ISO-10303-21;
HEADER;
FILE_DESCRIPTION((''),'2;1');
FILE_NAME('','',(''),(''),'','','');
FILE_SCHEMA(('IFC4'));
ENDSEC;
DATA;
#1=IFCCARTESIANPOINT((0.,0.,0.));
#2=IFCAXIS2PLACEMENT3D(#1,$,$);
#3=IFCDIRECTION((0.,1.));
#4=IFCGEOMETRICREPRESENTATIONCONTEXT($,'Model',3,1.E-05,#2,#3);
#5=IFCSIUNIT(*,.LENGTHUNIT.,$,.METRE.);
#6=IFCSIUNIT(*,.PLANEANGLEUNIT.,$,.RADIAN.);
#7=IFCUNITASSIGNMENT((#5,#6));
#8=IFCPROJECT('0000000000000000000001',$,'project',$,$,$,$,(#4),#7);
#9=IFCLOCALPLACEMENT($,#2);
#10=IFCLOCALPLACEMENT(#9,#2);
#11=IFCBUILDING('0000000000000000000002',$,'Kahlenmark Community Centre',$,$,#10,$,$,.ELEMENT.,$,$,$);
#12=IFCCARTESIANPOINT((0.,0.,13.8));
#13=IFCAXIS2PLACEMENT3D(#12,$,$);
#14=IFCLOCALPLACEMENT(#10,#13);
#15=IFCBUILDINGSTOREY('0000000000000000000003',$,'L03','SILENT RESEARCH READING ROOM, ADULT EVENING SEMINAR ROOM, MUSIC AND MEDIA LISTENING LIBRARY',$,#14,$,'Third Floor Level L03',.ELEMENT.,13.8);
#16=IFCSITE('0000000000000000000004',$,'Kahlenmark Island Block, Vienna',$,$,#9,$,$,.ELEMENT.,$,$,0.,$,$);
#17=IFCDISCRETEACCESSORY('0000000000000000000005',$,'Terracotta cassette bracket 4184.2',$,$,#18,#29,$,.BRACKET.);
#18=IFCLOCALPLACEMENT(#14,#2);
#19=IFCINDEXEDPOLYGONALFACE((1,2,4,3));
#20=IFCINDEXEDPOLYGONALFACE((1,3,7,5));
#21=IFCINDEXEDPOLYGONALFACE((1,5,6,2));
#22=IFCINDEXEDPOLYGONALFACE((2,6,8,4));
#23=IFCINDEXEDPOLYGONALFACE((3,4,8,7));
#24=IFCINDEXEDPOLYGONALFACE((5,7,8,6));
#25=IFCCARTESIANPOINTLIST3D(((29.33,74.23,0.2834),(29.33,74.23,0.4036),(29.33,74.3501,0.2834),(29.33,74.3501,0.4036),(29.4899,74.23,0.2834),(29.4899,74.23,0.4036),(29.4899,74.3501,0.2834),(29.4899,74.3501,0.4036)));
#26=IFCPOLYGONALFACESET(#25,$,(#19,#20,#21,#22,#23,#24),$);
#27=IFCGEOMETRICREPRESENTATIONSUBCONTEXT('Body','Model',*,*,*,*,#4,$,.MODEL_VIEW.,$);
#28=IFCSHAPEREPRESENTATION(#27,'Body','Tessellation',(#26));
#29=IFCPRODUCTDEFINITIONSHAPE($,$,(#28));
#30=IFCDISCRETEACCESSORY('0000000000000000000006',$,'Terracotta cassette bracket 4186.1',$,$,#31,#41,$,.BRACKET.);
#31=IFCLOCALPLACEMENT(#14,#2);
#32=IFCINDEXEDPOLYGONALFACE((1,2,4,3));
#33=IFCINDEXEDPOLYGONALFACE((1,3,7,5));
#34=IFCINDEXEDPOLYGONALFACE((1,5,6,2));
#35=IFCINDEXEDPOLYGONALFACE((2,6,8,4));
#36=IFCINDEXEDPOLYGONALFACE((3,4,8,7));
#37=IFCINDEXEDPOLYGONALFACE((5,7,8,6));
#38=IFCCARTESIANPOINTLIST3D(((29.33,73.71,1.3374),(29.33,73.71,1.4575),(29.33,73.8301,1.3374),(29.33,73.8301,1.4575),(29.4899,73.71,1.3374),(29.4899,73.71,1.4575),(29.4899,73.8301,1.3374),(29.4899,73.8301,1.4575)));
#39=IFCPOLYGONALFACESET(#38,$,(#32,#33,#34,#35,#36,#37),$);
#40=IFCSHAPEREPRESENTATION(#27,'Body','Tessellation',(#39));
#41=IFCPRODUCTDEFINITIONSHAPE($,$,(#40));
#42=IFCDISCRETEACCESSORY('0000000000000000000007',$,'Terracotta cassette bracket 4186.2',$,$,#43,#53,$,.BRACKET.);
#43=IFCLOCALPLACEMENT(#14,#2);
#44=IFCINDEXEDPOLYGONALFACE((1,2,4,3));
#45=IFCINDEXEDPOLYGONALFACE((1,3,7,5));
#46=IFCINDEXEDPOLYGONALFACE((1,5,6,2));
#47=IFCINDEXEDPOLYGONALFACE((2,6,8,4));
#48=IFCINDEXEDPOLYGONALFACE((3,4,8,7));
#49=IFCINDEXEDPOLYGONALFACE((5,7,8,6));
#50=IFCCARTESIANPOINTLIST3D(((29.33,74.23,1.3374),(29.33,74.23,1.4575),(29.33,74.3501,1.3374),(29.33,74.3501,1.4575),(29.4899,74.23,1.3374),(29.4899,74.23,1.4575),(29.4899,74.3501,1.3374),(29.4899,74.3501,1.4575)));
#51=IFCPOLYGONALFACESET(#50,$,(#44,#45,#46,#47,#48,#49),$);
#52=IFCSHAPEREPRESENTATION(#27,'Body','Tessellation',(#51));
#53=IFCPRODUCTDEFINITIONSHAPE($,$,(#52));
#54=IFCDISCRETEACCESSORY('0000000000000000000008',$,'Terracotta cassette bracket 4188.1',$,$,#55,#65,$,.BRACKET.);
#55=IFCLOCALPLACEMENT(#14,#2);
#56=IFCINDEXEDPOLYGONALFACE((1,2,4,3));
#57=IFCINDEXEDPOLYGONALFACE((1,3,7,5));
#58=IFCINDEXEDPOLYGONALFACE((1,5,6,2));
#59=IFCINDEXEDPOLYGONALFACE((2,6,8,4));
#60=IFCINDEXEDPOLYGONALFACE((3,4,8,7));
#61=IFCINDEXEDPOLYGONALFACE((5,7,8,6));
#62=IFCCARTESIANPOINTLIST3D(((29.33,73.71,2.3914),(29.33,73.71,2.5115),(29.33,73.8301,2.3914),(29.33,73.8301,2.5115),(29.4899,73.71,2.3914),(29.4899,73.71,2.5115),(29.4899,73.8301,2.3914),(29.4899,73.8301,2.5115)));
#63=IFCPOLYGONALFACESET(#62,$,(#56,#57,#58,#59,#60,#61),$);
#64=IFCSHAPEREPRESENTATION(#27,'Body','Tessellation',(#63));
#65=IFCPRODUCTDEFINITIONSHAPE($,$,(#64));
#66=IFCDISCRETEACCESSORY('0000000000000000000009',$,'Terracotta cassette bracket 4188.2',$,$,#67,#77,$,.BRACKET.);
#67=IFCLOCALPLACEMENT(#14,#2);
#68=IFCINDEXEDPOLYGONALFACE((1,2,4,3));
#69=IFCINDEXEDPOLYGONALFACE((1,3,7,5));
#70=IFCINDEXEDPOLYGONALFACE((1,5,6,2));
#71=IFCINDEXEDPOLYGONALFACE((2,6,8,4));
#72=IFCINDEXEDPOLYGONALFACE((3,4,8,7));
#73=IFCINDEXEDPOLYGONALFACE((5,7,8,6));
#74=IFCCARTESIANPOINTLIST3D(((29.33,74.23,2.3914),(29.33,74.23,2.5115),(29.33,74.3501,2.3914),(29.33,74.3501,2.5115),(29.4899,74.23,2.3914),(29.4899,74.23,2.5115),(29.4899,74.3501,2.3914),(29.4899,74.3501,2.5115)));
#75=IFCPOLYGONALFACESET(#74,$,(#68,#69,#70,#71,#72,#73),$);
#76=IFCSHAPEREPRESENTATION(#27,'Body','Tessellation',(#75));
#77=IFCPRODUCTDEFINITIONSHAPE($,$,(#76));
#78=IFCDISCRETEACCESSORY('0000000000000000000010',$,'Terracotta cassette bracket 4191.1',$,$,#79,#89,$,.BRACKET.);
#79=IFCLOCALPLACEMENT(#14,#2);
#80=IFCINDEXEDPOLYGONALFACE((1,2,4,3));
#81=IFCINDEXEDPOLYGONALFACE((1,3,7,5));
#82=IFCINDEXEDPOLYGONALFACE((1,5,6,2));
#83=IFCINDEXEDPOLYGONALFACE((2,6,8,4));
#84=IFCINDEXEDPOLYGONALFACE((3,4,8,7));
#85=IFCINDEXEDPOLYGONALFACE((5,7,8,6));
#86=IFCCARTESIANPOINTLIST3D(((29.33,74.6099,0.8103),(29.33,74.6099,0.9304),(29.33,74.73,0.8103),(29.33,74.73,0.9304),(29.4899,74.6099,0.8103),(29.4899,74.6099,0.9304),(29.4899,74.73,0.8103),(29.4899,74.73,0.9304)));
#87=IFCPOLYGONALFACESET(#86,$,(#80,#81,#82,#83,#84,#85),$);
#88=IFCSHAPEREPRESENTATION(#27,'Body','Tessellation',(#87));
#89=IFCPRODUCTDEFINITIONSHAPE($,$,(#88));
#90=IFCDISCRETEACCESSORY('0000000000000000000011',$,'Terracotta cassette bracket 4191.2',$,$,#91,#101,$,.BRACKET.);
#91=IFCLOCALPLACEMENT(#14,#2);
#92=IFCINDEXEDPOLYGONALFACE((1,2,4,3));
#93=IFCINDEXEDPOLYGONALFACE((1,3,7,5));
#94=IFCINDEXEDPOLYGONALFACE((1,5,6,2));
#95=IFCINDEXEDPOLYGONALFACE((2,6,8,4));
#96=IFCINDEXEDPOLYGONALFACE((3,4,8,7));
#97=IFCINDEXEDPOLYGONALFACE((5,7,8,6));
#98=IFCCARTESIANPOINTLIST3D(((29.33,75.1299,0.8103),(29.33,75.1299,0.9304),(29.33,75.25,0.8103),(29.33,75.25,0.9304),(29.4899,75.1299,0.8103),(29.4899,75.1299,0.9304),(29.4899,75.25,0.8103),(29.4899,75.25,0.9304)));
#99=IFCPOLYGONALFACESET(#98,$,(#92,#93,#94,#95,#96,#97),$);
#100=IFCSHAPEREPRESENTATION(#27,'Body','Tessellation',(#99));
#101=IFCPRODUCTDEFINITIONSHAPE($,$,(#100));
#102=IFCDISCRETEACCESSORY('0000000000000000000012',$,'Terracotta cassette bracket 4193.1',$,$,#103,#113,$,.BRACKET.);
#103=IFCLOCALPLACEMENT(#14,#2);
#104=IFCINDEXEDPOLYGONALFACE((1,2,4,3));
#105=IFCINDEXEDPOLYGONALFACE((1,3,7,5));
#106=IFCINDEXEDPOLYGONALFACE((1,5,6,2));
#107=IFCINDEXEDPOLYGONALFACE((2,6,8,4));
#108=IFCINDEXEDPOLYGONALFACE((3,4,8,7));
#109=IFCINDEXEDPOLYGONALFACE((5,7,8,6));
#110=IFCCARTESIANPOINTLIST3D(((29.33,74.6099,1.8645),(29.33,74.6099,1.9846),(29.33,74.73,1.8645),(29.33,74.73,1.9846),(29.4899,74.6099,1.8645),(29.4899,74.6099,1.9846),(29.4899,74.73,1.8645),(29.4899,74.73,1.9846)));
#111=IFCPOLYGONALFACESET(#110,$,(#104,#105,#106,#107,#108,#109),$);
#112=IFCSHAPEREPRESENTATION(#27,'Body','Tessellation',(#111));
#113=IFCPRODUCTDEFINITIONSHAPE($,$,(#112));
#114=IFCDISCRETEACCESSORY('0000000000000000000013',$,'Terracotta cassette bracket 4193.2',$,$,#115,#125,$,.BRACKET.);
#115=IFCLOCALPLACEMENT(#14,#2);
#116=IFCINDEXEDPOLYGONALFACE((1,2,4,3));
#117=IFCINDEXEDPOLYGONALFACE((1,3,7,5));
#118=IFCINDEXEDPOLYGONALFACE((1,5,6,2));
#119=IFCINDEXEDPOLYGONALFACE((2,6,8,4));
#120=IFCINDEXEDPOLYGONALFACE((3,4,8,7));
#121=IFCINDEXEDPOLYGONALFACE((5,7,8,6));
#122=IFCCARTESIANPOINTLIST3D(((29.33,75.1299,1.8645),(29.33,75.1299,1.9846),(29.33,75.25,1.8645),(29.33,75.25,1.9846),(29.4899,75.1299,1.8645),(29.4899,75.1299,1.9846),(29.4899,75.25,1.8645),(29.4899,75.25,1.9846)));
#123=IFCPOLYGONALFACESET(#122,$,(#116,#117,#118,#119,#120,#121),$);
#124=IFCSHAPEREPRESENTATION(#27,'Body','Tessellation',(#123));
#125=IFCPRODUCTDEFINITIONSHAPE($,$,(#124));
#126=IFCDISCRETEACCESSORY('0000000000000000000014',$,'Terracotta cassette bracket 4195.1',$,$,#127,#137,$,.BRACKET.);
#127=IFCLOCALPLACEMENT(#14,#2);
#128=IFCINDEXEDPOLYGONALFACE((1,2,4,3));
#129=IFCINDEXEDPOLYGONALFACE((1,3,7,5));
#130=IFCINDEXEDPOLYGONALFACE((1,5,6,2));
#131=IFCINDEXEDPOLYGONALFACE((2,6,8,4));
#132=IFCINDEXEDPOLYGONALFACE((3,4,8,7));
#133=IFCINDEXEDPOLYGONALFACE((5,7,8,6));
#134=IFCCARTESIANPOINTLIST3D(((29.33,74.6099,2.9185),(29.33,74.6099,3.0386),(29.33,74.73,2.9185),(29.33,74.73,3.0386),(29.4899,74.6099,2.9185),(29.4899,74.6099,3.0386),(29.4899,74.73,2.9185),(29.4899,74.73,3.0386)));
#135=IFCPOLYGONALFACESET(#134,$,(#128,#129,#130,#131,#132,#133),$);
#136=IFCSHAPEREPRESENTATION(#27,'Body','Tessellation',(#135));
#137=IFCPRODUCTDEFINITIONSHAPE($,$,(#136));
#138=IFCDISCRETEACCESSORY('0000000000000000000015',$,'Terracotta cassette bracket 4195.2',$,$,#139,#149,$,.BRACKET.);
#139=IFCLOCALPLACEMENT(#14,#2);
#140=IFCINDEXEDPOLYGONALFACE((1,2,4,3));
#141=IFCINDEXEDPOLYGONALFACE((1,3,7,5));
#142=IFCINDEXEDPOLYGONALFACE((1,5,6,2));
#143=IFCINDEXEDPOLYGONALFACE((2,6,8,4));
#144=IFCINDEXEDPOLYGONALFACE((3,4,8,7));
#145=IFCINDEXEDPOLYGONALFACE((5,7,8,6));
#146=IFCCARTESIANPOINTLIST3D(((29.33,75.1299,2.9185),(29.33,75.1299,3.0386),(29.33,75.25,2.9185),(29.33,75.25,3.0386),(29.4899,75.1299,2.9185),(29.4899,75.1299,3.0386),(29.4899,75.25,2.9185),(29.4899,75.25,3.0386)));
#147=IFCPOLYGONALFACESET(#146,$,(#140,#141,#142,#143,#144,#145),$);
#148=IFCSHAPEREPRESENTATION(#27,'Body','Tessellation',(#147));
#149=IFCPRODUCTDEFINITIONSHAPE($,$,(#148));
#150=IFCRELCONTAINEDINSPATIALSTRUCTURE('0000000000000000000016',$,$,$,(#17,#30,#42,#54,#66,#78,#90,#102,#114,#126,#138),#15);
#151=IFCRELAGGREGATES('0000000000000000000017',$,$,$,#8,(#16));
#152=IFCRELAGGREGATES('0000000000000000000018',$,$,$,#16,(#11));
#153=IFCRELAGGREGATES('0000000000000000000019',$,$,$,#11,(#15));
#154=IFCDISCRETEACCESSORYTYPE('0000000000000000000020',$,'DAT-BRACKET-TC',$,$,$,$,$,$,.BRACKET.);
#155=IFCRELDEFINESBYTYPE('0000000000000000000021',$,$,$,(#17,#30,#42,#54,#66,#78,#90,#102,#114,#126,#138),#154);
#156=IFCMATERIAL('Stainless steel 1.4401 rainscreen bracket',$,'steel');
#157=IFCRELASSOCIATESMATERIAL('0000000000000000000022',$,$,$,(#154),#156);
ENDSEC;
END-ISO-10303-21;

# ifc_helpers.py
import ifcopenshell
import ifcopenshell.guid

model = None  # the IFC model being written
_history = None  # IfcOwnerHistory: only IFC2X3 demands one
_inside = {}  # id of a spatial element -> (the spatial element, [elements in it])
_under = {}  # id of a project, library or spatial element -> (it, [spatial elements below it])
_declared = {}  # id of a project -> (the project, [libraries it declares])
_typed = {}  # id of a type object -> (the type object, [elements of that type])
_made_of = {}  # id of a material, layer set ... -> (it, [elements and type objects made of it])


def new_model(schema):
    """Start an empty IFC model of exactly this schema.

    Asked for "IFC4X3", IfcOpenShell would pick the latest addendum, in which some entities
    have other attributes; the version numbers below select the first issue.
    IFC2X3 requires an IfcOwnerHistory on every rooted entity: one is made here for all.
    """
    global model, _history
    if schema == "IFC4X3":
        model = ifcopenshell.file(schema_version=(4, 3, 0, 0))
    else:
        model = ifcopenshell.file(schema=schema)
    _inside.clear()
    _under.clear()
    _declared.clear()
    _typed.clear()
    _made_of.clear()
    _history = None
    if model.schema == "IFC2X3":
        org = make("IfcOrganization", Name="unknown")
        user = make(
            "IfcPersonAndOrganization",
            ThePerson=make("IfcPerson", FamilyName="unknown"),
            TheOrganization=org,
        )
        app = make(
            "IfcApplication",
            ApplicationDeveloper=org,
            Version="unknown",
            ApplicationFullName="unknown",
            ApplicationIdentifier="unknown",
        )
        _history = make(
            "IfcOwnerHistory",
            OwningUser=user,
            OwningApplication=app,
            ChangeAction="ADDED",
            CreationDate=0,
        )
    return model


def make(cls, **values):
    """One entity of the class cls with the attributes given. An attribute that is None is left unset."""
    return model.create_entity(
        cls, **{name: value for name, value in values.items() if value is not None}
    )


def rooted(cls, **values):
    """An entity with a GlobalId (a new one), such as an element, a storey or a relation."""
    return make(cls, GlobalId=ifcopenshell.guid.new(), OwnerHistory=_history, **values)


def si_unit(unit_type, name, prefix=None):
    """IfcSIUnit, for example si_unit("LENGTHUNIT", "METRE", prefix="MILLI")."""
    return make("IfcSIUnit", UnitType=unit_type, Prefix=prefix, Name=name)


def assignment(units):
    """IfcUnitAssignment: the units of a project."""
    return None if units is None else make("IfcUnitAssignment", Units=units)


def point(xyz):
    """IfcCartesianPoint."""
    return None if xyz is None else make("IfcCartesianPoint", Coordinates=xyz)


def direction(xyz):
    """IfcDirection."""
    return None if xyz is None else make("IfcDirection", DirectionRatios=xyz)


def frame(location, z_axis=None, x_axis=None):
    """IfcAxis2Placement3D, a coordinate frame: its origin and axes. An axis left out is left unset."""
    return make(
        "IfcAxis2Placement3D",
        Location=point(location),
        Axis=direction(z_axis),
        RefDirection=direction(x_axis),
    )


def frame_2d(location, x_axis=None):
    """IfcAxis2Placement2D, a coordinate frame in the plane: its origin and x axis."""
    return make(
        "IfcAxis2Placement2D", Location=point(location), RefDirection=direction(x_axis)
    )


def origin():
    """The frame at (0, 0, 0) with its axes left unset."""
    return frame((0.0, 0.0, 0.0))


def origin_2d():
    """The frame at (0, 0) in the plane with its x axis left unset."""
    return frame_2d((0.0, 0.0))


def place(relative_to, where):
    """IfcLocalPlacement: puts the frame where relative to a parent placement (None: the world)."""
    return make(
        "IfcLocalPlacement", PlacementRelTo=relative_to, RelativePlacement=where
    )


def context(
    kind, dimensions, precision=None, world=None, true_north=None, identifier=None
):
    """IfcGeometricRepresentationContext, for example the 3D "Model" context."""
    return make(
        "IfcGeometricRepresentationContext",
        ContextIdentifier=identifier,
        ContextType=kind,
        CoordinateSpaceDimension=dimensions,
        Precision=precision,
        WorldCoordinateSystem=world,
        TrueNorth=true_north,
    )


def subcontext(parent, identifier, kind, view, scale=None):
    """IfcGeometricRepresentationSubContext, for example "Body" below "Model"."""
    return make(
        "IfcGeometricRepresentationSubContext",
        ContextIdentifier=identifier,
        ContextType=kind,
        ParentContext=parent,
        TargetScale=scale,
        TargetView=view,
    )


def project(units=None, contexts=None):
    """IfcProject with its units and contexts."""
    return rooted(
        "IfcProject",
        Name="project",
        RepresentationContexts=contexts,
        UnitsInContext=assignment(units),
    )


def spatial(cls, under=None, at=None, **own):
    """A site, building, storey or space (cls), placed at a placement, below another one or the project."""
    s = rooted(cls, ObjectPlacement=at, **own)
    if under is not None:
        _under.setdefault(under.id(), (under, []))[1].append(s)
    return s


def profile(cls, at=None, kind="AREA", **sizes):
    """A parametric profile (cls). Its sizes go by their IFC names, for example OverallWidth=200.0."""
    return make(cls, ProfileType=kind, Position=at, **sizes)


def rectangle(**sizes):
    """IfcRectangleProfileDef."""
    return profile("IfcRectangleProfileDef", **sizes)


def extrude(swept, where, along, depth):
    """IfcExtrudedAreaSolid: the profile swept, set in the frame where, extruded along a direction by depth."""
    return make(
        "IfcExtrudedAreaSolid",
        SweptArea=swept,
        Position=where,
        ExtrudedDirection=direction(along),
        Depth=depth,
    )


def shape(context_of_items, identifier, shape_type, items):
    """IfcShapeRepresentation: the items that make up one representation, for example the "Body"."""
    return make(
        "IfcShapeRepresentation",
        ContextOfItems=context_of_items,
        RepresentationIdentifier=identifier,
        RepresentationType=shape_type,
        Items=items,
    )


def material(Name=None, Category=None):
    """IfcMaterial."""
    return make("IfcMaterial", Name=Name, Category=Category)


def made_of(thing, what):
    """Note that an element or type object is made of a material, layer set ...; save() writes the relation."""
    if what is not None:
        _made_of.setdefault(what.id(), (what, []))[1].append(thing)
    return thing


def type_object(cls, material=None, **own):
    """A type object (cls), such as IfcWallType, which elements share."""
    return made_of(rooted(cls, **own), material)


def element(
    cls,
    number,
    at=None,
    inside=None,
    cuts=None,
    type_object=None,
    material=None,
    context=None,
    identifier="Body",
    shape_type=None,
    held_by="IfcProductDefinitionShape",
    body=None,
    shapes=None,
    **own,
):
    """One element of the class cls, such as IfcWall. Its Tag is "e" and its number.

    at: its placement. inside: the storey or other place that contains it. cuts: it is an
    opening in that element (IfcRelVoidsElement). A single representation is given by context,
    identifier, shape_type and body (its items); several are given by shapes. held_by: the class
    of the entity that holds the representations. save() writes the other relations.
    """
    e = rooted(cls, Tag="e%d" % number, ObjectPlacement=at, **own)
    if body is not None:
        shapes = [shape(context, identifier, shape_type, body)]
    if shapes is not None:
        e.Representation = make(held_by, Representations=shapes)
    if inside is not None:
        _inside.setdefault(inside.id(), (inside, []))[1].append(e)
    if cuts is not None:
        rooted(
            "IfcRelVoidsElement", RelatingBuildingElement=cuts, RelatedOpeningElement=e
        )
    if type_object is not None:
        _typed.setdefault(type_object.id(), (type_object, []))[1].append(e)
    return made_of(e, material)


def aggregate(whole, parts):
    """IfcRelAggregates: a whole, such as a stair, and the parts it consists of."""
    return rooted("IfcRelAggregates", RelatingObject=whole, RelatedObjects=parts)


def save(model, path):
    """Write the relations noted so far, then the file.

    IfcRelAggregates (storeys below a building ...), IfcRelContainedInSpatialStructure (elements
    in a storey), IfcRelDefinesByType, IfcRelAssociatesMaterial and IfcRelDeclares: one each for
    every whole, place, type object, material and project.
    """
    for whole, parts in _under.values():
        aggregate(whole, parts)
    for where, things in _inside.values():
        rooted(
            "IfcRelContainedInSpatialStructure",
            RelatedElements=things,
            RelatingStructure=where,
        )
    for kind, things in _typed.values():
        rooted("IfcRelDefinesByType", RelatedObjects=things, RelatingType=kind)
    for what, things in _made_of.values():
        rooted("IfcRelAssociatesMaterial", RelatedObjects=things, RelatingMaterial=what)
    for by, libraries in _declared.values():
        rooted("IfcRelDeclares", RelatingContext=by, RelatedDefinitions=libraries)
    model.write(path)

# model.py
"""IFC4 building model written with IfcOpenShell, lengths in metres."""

from ifc_helpers import new_model, si_unit, direction, frame, origin, origin_2d, place, context, subcontext, project, spatial, rectangle, extrude, material, type_object, element, save


model = new_model("IFC4")

# Units and contexts
model_context = context("Model", 3, precision=1e-05, world=origin(), true_north=direction((0.0, 1.0)))
body_context = subcontext(model_context, "Body", "Model", "MODEL_VIEW")
ifc_project = project(units=[si_unit("LENGTHUNIT", "METRE"), si_unit("PLANEANGLEUNIT", "RADIAN")], contexts=[model_context])

# Site, building, storey
site_placement = place(None, origin())
site = spatial("IfcSite", under=ifc_project, at=site_placement, Name="Kahlenmark Island Block, Vienna", CompositionType="ELEMENT", RefElevation=0.0)
building_placement = place(site_placement, origin())
building = spatial("IfcBuilding", under=site, at=building_placement, Name="Kahlenmark Community Centre", CompositionType="ELEMENT")
storey_placement = place(building_placement, frame((0.0, 0.0, 13.8)))
storey = spatial("IfcBuildingStorey", under=building, at=storey_placement, Name="L03", Description="SILENT RESEARCH READING ROOM, ADULT EVENING SEMINAR ROOM, MUSIC AND MEDIA LISTENING LIBRARY", LongName="Third Floor Level L03", CompositionType="ELEMENT", Elevation=13.8)

# Discrete accessories
ifc_material_1 = material(Name="Stainless steel 1.4401 rainscreen bracket", Category="steel")
discrete_accessory_type = type_object("IfcDiscreteAccessoryType", Name="DAT-BRACKET-TC", PredefinedType="BRACKET", material=ifc_material_1)
for number, where, z_axis, x_axis, name in (
    (1, (29.4099, 74.29, 0.2834), (0.0, 0.0, 1.0), (0.0, 1.0, 0.0), "Terracotta cassette bracket 4184.2"),
    (2, (29.4099, 73.77, 1.3374), (0.0, 0.0, 1.0), (0.0, 1.0, 0.0), "Terracotta cassette bracket 4186.1"),
    (3, (29.4099, 74.29, 1.3374), (0.0, 0.0, 1.0), (0.0, 1.0, 0.0), "Terracotta cassette bracket 4186.2"),
    (4, (29.4099, 73.77, 2.3914), (0.0, 0.0, 1.0), (0.0, 1.0, 0.0), "Terracotta cassette bracket 4188.1"),
    (5, (29.4099, 74.29, 2.3914), (0.0, 0.0, 1.0), (0.0, 1.0, 0.0), "Terracotta cassette bracket 4188.2"),
    (6, (29.4099, 74.6699, 0.8103), (0.0, 0.0, 1.0), (0.0, 1.0, 0.0), "Terracotta cassette bracket 4191.1"),
    (7, (29.4099, 75.1899, 0.8103), (0.0, 0.0, 1.0), (0.0, 1.0, 0.0), "Terracotta cassette bracket 4191.2"),
    (8, (29.4099, 74.6699, 1.8645), (0.0, 0.0, 1.0), (0.0, 1.0, 0.0), "Terracotta cassette bracket 4193.1"),
    (9, (29.4099, 75.1899, 1.8645), (0.0, 0.0, 1.0), (0.0, 1.0, 0.0), "Terracotta cassette bracket 4193.2"),
    (10, (29.4099, 74.6699, 2.9185), (0.0, 0.0, 1.0), (0.0, 1.0, 0.0), "Terracotta cassette bracket 4195.1"),
    (11, (29.4099, 75.1899, 2.9185), (0.0, 0.0, 1.0), (0.0, 1.0, 0.0), "Terracotta cassette bracket 4195.2"),
):
    element("IfcDiscreteAccessory", number, at=place(storey_placement, frame(where, z_axis=z_axis, x_axis=x_axis)), inside=storey, type_object=discrete_accessory_type, Name=name, PredefinedType="BRACKET", context=body_context, shape_type="SweptSolid", body=[
        extrude(rectangle(XDim=0.1201, YDim=0.1599, at=origin_2d()), origin(), (0.0, 0.0, 1.0), 0.1201),
    ])

save(model, "model.ifc")
